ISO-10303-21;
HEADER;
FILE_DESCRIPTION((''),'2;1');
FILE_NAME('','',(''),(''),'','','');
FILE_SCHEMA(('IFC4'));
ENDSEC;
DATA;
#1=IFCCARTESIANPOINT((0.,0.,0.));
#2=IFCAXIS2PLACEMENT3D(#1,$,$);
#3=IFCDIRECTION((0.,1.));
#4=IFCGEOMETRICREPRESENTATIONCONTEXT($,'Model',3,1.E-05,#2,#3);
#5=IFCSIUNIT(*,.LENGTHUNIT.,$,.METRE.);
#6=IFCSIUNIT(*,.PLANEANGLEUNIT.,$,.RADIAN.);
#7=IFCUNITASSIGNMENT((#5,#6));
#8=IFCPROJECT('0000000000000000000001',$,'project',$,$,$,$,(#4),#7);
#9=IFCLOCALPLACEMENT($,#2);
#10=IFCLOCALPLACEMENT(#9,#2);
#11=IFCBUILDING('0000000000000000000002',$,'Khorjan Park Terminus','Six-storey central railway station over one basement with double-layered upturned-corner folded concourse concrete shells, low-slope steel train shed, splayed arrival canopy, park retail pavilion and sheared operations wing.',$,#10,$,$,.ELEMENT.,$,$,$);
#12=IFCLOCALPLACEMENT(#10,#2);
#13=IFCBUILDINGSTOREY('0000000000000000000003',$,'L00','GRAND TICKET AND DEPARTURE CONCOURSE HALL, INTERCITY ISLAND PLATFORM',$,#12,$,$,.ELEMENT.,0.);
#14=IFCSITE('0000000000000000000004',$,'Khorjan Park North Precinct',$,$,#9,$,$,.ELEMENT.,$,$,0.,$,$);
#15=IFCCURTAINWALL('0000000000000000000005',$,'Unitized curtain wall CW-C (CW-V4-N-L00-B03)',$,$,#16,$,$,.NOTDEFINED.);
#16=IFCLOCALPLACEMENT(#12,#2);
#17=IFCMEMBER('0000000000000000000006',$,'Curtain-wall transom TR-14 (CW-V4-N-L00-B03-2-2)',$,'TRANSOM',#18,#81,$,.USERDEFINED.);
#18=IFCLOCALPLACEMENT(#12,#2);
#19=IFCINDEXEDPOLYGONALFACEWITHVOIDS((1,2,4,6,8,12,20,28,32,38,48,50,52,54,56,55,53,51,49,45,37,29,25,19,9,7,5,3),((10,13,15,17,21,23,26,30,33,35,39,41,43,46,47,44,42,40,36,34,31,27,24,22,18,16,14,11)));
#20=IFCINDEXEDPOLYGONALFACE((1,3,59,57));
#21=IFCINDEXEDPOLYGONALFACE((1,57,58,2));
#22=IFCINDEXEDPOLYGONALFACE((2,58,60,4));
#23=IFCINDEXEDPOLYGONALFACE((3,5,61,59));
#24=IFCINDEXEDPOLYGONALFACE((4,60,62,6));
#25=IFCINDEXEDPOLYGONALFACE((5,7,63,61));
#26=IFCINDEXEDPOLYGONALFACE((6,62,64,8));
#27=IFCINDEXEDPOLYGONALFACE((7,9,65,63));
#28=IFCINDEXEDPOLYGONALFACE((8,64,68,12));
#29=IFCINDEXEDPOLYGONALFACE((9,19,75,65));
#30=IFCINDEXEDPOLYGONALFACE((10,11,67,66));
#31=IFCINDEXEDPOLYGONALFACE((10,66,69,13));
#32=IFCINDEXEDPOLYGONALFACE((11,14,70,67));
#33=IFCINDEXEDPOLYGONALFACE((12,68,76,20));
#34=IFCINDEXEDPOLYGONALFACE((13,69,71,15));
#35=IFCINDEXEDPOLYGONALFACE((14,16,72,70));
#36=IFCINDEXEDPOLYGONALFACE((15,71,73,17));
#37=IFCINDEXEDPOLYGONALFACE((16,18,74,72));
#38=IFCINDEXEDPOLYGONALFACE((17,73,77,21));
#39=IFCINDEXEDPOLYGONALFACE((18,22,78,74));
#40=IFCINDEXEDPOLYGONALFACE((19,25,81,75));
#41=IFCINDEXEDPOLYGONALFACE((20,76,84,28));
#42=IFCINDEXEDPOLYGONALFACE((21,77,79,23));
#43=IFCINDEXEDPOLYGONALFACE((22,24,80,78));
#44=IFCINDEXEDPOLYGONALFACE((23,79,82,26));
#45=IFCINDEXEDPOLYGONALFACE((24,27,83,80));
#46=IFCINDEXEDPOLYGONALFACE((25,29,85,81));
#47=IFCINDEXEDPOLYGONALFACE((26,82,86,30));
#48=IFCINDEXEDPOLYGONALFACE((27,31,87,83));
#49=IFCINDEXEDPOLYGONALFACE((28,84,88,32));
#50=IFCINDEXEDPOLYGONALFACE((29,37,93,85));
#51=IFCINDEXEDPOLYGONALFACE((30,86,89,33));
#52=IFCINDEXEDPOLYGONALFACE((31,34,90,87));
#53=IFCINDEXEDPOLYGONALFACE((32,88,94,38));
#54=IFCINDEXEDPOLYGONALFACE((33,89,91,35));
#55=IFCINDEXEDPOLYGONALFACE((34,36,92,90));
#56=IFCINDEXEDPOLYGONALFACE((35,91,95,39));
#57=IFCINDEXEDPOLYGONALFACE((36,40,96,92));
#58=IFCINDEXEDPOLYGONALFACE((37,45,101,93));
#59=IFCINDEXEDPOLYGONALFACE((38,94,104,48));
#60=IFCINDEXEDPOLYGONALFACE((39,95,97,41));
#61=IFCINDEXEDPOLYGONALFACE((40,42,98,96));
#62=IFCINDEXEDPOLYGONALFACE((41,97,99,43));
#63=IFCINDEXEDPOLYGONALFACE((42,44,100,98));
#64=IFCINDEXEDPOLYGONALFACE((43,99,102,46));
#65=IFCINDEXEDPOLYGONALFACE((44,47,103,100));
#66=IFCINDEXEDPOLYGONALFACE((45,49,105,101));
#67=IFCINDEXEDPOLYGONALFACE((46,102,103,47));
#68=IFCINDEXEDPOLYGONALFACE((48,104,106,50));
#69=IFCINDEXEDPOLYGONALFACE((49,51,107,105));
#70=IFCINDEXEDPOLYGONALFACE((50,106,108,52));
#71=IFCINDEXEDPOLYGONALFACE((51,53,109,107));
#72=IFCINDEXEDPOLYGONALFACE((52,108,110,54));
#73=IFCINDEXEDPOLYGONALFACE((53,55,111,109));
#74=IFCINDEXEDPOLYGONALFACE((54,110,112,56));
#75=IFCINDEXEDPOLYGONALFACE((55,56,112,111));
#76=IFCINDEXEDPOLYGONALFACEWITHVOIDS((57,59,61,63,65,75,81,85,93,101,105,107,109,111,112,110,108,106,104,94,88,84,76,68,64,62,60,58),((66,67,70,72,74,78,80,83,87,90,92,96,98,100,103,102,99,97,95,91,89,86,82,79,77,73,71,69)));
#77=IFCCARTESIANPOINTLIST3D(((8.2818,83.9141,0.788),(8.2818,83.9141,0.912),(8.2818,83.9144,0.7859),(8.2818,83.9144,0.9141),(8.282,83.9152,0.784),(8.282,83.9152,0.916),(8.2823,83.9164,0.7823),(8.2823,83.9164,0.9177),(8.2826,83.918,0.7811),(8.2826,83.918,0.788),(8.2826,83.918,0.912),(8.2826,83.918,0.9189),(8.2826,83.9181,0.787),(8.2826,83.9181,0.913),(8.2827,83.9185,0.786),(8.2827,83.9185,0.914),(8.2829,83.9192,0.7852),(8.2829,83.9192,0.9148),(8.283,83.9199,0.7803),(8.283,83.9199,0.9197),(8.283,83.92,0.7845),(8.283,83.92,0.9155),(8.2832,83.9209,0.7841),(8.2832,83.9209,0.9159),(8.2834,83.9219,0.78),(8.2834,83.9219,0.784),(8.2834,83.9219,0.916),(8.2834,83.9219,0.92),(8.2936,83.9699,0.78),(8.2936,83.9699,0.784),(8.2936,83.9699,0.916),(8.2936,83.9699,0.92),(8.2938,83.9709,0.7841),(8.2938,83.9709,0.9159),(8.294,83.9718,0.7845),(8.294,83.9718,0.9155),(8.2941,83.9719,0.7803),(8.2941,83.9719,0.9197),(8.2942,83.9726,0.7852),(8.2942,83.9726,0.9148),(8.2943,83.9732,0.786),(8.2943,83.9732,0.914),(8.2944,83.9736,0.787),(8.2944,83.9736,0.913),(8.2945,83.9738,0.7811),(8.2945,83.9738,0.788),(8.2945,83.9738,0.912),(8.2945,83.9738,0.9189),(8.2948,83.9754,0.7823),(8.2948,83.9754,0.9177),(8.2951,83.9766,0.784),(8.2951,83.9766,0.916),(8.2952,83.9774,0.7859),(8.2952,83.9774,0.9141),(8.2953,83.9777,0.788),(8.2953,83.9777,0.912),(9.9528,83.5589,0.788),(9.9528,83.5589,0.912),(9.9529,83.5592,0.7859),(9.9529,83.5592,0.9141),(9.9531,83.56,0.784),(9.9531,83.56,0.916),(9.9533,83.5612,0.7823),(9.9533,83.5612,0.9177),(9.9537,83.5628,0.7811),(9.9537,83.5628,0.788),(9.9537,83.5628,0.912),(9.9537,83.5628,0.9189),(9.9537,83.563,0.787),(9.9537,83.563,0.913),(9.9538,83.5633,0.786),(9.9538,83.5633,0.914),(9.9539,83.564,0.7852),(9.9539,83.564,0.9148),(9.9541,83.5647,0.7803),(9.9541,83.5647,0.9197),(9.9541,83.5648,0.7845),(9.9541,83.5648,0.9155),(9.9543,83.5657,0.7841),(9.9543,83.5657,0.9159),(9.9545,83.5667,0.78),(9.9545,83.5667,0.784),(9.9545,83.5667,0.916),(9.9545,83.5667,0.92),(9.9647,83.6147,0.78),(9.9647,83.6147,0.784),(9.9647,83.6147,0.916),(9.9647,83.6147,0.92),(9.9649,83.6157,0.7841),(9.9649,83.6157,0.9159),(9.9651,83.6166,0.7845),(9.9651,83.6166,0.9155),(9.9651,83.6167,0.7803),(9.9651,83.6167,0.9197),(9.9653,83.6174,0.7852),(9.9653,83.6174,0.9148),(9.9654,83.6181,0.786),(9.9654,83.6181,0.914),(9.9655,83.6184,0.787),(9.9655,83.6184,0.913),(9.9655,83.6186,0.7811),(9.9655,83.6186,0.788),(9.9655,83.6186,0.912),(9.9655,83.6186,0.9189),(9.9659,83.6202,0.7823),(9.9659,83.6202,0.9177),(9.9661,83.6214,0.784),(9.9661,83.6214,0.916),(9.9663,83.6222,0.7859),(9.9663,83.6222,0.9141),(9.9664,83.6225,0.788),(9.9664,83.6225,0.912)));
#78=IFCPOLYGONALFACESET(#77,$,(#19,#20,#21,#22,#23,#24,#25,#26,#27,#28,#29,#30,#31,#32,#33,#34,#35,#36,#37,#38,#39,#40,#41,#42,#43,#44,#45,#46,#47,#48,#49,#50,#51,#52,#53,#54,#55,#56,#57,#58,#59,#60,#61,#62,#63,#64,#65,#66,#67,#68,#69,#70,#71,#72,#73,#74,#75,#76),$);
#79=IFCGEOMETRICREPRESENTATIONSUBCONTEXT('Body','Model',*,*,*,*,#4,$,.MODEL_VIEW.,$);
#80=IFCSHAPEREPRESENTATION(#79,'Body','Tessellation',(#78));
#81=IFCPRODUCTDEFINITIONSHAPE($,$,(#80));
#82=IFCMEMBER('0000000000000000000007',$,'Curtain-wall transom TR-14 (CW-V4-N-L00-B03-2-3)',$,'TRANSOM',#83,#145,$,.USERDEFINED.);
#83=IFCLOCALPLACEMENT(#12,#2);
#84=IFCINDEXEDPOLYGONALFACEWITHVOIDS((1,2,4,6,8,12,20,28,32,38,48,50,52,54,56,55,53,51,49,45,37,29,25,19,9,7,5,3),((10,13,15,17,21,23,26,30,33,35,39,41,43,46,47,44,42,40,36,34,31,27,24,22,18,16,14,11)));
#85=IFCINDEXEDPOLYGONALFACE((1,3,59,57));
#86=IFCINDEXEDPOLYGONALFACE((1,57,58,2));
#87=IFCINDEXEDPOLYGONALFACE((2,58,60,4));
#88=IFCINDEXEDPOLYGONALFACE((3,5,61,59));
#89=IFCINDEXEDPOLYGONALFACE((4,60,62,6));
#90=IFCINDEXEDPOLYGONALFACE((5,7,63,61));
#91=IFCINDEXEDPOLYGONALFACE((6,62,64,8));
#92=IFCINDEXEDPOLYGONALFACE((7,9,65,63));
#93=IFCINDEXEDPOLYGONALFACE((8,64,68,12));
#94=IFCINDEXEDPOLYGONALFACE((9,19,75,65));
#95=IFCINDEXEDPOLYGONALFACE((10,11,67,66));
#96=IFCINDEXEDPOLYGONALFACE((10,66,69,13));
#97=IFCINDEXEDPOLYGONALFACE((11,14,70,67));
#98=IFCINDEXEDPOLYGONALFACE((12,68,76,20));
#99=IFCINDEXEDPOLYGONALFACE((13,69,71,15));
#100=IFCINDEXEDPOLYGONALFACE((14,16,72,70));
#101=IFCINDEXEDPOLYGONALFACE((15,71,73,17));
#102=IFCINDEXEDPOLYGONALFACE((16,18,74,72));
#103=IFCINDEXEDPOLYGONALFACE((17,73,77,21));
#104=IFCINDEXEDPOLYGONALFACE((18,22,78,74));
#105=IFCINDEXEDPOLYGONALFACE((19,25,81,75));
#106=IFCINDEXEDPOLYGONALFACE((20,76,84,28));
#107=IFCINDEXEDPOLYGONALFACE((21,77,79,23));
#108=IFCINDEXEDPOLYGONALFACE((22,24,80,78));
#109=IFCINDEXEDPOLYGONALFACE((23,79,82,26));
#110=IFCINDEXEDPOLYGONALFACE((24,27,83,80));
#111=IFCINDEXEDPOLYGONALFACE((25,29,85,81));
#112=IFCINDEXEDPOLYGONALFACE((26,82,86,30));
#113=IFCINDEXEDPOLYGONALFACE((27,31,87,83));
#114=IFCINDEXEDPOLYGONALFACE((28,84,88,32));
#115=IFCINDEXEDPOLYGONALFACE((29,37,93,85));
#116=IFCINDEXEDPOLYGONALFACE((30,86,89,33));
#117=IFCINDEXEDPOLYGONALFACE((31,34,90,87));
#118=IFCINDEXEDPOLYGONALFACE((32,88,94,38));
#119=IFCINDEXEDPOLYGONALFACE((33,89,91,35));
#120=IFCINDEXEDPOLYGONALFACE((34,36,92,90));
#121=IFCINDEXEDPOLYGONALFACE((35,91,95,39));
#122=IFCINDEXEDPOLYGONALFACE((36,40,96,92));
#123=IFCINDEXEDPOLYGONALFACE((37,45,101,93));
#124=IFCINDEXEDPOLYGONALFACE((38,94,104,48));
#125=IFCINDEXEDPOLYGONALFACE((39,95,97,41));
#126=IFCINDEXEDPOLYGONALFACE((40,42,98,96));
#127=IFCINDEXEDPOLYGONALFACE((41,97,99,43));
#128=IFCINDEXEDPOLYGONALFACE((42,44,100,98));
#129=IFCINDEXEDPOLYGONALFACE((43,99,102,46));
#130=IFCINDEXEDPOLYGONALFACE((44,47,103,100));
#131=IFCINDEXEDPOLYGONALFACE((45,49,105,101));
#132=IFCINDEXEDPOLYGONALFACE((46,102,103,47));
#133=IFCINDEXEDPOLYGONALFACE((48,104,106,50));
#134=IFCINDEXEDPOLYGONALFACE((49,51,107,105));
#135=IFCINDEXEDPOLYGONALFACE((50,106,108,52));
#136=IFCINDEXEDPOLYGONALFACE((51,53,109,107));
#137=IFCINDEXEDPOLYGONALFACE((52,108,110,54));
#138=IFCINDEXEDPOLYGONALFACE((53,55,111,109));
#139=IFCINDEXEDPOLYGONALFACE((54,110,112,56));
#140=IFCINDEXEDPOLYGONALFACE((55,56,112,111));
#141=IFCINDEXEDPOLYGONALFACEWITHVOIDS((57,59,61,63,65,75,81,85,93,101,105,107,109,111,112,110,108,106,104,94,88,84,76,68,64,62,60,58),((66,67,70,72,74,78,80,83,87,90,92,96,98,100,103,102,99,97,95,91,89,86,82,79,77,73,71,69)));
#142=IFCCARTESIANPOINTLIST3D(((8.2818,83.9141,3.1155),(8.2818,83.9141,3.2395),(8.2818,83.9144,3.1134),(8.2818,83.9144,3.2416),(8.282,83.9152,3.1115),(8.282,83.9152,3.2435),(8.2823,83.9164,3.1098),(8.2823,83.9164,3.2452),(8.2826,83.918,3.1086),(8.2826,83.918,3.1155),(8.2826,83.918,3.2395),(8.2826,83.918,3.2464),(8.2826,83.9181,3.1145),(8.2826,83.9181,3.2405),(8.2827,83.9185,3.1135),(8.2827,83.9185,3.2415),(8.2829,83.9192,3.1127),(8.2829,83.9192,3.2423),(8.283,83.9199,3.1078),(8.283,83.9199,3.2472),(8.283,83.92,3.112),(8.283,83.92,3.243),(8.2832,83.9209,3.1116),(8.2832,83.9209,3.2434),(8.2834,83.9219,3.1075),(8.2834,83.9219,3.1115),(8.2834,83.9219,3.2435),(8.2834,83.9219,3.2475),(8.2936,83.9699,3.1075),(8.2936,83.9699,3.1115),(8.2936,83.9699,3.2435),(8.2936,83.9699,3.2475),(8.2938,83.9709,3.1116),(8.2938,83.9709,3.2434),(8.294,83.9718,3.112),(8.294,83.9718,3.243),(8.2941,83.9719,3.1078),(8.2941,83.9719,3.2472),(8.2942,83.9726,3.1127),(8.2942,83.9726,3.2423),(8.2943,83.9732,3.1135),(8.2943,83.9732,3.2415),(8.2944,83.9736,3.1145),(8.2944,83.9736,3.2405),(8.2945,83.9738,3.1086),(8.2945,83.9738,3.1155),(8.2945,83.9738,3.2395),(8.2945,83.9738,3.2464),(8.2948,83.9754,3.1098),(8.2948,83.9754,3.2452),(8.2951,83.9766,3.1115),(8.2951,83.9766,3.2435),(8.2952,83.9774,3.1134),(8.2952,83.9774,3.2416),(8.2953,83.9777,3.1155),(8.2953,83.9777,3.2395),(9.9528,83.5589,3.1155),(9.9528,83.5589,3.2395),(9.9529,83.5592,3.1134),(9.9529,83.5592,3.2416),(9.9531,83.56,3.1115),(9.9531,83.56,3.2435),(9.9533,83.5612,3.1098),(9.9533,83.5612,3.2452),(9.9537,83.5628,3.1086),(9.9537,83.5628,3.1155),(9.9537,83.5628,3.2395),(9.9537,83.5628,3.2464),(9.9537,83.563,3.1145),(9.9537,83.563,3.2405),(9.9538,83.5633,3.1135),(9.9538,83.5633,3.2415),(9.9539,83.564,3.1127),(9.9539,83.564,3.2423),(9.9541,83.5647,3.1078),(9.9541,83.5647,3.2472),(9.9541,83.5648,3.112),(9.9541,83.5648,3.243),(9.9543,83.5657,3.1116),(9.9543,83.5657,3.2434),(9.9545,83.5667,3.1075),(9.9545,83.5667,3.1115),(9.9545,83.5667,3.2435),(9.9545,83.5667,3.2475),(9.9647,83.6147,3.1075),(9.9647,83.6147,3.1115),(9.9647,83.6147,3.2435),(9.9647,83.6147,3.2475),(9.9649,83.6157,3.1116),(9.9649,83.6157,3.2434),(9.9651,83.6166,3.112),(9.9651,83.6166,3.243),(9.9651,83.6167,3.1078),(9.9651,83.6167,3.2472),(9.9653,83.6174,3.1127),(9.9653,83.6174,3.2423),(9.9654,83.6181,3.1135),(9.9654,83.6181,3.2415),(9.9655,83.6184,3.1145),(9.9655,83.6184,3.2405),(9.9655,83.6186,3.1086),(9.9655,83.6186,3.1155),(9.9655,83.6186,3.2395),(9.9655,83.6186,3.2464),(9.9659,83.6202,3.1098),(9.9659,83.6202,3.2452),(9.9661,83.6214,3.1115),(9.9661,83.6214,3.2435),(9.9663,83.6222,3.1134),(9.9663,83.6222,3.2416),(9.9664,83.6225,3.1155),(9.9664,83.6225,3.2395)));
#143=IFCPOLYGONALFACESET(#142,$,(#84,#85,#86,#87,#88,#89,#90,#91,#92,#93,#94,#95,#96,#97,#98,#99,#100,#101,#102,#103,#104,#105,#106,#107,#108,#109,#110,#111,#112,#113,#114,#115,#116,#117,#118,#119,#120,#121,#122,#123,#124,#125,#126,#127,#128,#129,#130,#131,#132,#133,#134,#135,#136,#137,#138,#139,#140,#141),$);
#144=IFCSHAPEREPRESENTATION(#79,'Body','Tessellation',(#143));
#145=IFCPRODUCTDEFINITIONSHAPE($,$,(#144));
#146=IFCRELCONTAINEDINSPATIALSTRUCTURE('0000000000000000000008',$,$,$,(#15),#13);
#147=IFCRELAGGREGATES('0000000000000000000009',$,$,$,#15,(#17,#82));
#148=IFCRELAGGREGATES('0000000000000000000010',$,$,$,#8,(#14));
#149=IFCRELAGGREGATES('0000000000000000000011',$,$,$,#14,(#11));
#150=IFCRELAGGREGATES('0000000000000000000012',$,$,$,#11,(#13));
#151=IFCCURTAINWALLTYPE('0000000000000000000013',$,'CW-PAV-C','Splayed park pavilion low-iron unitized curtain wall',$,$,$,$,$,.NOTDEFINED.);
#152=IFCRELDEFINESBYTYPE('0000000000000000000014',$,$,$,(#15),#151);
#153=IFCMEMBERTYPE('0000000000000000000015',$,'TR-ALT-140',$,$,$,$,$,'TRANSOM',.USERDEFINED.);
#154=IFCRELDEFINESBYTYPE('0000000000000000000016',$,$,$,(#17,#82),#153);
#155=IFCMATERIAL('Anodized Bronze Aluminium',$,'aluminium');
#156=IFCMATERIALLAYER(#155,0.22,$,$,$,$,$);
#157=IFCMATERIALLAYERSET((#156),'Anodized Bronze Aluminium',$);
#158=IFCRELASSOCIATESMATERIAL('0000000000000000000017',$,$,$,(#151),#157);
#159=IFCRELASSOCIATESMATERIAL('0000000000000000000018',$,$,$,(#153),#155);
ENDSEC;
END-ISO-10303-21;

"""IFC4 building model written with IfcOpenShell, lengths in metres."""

from ifc_helpers import new_model, si_unit, direction, frame, origin, origin_2d, place, context, subcontext, project, spatial, hollow_rectangle, extrude, material, layer, layer_set, material_profile, profile_set, type_object, element, aggregate, save


model = new_model("IFC4")

# Units and contexts
model_context = context("Model", 3, precision=1e-05, world=origin(), true_north=direction((0.0, 1.0)))
body_context = subcontext(model_context, "Body", "Model", "MODEL_VIEW")
ifc_project = project(units=[si_unit("LENGTHUNIT", "METRE"), si_unit("PLANEANGLEUNIT", "RADIAN")], contexts=[model_context])

# Site, building, storey
site_placement = place(None, origin())
site = spatial("IfcSite", under=ifc_project, at=site_placement, Name="Khorjan Park North Precinct", CompositionType="ELEMENT", RefElevation=0.0)
building_placement = place(site_placement, origin())
building = spatial("IfcBuilding", under=site, at=building_placement, Name="Khorjan Park Terminus", Description="Six-storey central railway station over one basement with double-layered upturned-corner folded concourse concrete shells, low-slope steel train shed, splayed arrival canopy, park retail pavilion and sheared operations wing.", CompositionType="ELEMENT")
storey_placement = place(building_placement, origin())
storey = spatial("IfcBuildingStorey", under=building, at=storey_placement, Name="L00", Description="GRAND TICKET AND DEPARTURE CONCOURSE HALL, INTERCITY ISLAND PLATFORM", CompositionType="ELEMENT", Elevation=0.0)

# Curtain wall, members
ifc_material_1 = material(Name="Anodized Bronze Aluminium", Category="aluminium")
ifc_layer_1 = layer(ifc_material_1, 0.22)
ifc_layer_set_1 = layer_set([ifc_layer_1], Name="Anodized Bronze Aluminium")
curtain_wall_type = type_object("IfcCurtainWallType", Name="CW-PAV-C", Description="Splayed park pavilion low-iron unitized curtain wall", PredefinedType="NOTDEFINED", material=ifc_layer_set_1)
curtain_wall_placement = place(storey_placement, origin())
curtain_wall = element("IfcCurtainWall", 1, at=curtain_wall_placement, inside=storey, type_object=curtain_wall_type, Name="Unitized curtain wall CW-C (CW-V4-N-L00-B03)", PredefinedType="NOTDEFINED")
ifc_material_profile_1 = material_profile(ifc_material_1, hollow_rectangle(XDim=0.065, YDim=0.14, WallThickness=0.004, InnerFilletRadius=0.004, OuterFilletRadius=0.008, at=origin_2d()), Name="ALT 65x140x4")
ifc_profile_set_1 = profile_set([ifc_material_profile_1], Name="Anodized Bronze Aluminium")
member_type_1 = type_object("IfcMemberType", Name="TR-ALT-140", ElementType="TRANSOM", PredefinedType="USERDEFINED", material=ifc_profile_set_1)
member_1_placement = place(storey_placement, frame((9.9596, 83.5907, 0.85), z_axis=(-0.978148, 0.20791, 0.0), x_axis=(-0.20791, -0.978148, 0.0)))
member_1 = element("IfcMember", 2, at=member_1_placement, type_object=member_type_1, Name="Curtain-wall transom TR-14 (CW-V4-N-L00-B03-2-2)", ObjectType="TRANSOM", PredefinedType="USERDEFINED", context=body_context, shape_type="SweptSolid", body=[
    extrude(hollow_rectangle(XDim=0.065, YDim=0.14, WallThickness=0.004, InnerFilletRadius=0.004, OuterFilletRadius=0.008, at=origin_2d()), origin(), (0.0, 0.0, 1.0), 1.7084),
])
member_2_placement = place(storey_placement, frame((9.9596, 83.5907, 3.1775), z_axis=(-0.978148, 0.20791, 0.0), x_axis=(-0.20791, -0.978148, 0.0)))
member_2 = element("IfcMember", 3, at=member_2_placement, type_object=member_type_1, Name="Curtain-wall transom TR-14 (CW-V4-N-L00-B03-2-3)", ObjectType="TRANSOM", PredefinedType="USERDEFINED", context=body_context, shape_type="SweptSolid", body=[
    extrude(hollow_rectangle(XDim=0.065, YDim=0.14, WallThickness=0.004, InnerFilletRadius=0.004, OuterFilletRadius=0.008, at=origin_2d()), origin(), (0.0, 0.0, 1.0), 1.7084),
])
aggregate(curtain_wall, [member_1, member_2])

save(model, "model.ifc")
